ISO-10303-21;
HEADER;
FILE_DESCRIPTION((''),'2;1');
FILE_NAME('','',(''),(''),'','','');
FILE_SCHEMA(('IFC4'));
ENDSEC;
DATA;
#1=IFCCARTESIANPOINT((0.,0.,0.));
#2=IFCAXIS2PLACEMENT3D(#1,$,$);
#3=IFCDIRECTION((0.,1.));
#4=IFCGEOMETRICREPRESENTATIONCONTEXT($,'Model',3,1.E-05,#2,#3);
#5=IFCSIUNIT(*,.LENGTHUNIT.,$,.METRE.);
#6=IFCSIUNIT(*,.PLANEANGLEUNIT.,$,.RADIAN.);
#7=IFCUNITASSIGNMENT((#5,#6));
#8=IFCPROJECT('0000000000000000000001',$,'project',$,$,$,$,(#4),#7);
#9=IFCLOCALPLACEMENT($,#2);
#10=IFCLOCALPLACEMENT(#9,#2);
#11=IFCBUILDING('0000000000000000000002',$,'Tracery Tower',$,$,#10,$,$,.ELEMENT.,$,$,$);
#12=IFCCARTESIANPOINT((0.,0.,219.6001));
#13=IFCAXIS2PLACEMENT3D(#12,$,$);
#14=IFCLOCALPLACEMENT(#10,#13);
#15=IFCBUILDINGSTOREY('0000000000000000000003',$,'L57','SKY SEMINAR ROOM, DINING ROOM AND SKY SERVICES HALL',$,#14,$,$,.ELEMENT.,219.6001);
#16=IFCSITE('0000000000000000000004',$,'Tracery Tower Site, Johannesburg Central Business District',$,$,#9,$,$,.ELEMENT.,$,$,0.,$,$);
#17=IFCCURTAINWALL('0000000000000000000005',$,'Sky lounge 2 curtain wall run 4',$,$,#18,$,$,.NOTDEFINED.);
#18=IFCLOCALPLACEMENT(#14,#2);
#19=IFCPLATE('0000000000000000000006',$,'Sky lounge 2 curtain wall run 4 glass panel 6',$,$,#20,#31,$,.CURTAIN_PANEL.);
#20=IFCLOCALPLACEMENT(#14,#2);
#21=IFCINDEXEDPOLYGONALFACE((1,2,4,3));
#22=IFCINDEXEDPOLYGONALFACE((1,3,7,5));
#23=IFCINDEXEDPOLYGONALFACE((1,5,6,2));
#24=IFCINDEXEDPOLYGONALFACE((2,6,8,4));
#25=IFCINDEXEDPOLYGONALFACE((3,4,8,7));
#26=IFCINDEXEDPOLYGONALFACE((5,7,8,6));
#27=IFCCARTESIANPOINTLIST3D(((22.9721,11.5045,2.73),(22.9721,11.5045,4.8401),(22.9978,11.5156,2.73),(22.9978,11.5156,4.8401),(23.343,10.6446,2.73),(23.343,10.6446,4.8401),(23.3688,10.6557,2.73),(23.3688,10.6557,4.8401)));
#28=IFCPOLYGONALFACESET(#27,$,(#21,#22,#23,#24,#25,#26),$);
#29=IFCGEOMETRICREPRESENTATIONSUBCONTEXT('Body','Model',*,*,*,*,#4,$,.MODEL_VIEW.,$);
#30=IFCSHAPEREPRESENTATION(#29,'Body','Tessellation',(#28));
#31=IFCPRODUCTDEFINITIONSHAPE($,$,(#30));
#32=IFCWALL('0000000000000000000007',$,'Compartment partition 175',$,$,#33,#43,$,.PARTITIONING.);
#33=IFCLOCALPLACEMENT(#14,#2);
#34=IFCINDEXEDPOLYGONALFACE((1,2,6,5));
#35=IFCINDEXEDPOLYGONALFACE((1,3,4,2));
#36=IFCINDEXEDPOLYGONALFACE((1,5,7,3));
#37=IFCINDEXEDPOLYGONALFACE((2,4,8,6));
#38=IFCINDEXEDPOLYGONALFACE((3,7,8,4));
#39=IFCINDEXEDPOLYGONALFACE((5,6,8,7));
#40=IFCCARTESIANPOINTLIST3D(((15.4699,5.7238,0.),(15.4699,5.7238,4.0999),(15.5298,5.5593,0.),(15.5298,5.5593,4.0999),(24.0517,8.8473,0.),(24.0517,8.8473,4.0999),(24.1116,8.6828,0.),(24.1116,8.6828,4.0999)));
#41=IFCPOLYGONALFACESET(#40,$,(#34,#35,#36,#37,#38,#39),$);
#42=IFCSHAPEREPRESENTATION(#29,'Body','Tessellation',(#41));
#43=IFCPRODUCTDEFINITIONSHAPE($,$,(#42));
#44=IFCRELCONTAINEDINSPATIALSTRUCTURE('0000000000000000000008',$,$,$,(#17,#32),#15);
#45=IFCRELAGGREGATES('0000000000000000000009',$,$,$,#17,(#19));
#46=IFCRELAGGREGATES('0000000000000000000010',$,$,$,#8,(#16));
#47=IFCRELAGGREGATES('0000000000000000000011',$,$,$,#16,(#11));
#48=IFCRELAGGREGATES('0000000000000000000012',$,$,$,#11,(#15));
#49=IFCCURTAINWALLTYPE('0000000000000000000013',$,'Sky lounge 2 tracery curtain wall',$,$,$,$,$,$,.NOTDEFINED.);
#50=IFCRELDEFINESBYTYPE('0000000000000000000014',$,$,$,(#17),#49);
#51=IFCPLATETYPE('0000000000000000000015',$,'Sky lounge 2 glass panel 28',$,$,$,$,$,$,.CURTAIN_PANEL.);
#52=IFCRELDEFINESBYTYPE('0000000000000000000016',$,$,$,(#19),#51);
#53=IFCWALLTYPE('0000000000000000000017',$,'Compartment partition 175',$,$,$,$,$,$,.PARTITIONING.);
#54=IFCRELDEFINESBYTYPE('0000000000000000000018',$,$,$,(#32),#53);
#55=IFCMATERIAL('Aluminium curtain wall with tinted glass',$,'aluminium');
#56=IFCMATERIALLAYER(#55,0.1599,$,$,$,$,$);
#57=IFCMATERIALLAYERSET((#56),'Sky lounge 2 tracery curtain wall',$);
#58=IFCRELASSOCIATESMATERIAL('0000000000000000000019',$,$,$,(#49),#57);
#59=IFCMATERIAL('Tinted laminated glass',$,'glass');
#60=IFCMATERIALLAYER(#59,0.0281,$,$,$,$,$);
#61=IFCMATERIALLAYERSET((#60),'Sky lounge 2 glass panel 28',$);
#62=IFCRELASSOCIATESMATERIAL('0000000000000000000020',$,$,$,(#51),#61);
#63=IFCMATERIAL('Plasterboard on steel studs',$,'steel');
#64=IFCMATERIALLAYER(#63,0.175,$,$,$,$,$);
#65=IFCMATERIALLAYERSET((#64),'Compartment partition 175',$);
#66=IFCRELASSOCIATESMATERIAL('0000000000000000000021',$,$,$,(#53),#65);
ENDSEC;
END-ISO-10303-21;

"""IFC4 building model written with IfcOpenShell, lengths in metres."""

from ifc_helpers import new_model, si_unit, direction, frame, frame_2d, origin, origin_2d, place, context, subcontext, project, spatial, rectangle, extrude, material, layer, layer_set, type_object, element, aggregate, save


model = new_model("IFC4")

# Units and contexts
model_context = context("Model", 3, precision=1e-05, world=origin(), true_north=direction((0.0, 1.0)))
body_context = subcontext(model_context, "Body", "Model", "MODEL_VIEW")
ifc_project = project(units=[si_unit("LENGTHUNIT", "METRE"), si_unit("PLANEANGLEUNIT", "RADIAN")], contexts=[model_context])

# Site, building, storey
site_placement = place(None, origin())
site = spatial("IfcSite", under=ifc_project, at=site_placement, Name="Tracery Tower Site, Johannesburg Central Business District", CompositionType="ELEMENT", RefElevation=0.0)
building_placement = place(site_placement, origin())
building = spatial("IfcBuilding", under=site, at=building_placement, Name="Tracery Tower", CompositionType="ELEMENT")
storey_placement = place(building_placement, frame((0.0, 0.0, 219.6001)))
storey = spatial("IfcBuildingStorey", under=building, at=storey_placement, Name="L57", Description="SKY SEMINAR ROOM, DINING ROOM AND SKY SERVICES HALL", CompositionType="ELEMENT", Elevation=219.6001)

# Curtain wall
ifc_material_1 = material(Name="Aluminium curtain wall with tinted glass", Category="aluminium")
ifc_layer_1 = layer(ifc_material_1, 0.1599)
ifc_layer_set_1 = layer_set([ifc_layer_1], Name="Sky lounge 2 tracery curtain wall")
curtain_wall_type = type_object("IfcCurtainWallType", Name="Sky lounge 2 tracery curtain wall", PredefinedType="NOTDEFINED", material=ifc_layer_set_1)
curtain_wall_1_placement = place(storey_placement, origin())
curtain_wall_1 = element("IfcCurtainWall", 1, at=curtain_wall_1_placement, inside=storey, type_object=curtain_wall_type, Name="Sky lounge 2 curtain wall run 4", PredefinedType="NOTDEFINED")

# Shared definitions
ifc_material_2 = material(Name="Tinted laminated glass", Category="glass")
ifc_layer_2 = layer(ifc_material_2, 0.0281)
ifc_layer_set_2 = layer_set([ifc_layer_2], Name="Sky lounge 2 glass panel 28")
plate_type = type_object("IfcPlateType", Name="Sky lounge 2 glass panel 28", PredefinedType="CURTAIN_PANEL", material=ifc_layer_set_2)

# Plate
plate_1_placement = place(storey_placement, frame((23.1704, 11.0801, 2.73), z_axis=(0.0, 0.0, 1.0), x_axis=(-0.39608, 0.918216, 0.0)))
plate_1 = element("IfcPlate", 2, at=plate_1_placement, type_object=plate_type, Name="Sky lounge 2 curtain wall run 4 glass panel 6", PredefinedType="CURTAIN_PANEL", context=body_context, shape_type="SweptSolid", body=[
    extrude(rectangle(XDim=0.9365, YDim=0.0281, at=origin_2d()), origin(), (0.0, 0.0, 1.0), 2.1101),
])
aggregate(curtain_wall_1, [plate_1])

# Wall
ifc_material_3 = material(Name="Plasterboard on steel studs", Category="steel")
ifc_layer_3 = layer(ifc_material_3, 0.175)
ifc_layer_set_3 = layer_set([ifc_layer_3], Name="Compartment partition 175")
wall_type = type_object("IfcWallType", Name="Compartment partition 175", PredefinedType="PARTITIONING", material=ifc_layer_set_3)
wall_placement = place(storey_placement, frame((24.0818, 8.7651, 0.0), z_axis=(0.0, 0.0, 1.0), x_axis=(-0.939692, -0.342022, 0.0)))
element("IfcWall", 3, at=wall_placement, inside=storey, type_object=wall_type, Name="Compartment partition 175", PredefinedType="PARTITIONING", context=body_context, shape_type="SweptSolid", body=[
    extrude(rectangle(XDim=9.1326, YDim=0.175, at=frame_2d((4.5664, 0.0))), origin(), (0.0, 0.0, 1.0), 4.0999),
])

save(model, "model.ifc")
